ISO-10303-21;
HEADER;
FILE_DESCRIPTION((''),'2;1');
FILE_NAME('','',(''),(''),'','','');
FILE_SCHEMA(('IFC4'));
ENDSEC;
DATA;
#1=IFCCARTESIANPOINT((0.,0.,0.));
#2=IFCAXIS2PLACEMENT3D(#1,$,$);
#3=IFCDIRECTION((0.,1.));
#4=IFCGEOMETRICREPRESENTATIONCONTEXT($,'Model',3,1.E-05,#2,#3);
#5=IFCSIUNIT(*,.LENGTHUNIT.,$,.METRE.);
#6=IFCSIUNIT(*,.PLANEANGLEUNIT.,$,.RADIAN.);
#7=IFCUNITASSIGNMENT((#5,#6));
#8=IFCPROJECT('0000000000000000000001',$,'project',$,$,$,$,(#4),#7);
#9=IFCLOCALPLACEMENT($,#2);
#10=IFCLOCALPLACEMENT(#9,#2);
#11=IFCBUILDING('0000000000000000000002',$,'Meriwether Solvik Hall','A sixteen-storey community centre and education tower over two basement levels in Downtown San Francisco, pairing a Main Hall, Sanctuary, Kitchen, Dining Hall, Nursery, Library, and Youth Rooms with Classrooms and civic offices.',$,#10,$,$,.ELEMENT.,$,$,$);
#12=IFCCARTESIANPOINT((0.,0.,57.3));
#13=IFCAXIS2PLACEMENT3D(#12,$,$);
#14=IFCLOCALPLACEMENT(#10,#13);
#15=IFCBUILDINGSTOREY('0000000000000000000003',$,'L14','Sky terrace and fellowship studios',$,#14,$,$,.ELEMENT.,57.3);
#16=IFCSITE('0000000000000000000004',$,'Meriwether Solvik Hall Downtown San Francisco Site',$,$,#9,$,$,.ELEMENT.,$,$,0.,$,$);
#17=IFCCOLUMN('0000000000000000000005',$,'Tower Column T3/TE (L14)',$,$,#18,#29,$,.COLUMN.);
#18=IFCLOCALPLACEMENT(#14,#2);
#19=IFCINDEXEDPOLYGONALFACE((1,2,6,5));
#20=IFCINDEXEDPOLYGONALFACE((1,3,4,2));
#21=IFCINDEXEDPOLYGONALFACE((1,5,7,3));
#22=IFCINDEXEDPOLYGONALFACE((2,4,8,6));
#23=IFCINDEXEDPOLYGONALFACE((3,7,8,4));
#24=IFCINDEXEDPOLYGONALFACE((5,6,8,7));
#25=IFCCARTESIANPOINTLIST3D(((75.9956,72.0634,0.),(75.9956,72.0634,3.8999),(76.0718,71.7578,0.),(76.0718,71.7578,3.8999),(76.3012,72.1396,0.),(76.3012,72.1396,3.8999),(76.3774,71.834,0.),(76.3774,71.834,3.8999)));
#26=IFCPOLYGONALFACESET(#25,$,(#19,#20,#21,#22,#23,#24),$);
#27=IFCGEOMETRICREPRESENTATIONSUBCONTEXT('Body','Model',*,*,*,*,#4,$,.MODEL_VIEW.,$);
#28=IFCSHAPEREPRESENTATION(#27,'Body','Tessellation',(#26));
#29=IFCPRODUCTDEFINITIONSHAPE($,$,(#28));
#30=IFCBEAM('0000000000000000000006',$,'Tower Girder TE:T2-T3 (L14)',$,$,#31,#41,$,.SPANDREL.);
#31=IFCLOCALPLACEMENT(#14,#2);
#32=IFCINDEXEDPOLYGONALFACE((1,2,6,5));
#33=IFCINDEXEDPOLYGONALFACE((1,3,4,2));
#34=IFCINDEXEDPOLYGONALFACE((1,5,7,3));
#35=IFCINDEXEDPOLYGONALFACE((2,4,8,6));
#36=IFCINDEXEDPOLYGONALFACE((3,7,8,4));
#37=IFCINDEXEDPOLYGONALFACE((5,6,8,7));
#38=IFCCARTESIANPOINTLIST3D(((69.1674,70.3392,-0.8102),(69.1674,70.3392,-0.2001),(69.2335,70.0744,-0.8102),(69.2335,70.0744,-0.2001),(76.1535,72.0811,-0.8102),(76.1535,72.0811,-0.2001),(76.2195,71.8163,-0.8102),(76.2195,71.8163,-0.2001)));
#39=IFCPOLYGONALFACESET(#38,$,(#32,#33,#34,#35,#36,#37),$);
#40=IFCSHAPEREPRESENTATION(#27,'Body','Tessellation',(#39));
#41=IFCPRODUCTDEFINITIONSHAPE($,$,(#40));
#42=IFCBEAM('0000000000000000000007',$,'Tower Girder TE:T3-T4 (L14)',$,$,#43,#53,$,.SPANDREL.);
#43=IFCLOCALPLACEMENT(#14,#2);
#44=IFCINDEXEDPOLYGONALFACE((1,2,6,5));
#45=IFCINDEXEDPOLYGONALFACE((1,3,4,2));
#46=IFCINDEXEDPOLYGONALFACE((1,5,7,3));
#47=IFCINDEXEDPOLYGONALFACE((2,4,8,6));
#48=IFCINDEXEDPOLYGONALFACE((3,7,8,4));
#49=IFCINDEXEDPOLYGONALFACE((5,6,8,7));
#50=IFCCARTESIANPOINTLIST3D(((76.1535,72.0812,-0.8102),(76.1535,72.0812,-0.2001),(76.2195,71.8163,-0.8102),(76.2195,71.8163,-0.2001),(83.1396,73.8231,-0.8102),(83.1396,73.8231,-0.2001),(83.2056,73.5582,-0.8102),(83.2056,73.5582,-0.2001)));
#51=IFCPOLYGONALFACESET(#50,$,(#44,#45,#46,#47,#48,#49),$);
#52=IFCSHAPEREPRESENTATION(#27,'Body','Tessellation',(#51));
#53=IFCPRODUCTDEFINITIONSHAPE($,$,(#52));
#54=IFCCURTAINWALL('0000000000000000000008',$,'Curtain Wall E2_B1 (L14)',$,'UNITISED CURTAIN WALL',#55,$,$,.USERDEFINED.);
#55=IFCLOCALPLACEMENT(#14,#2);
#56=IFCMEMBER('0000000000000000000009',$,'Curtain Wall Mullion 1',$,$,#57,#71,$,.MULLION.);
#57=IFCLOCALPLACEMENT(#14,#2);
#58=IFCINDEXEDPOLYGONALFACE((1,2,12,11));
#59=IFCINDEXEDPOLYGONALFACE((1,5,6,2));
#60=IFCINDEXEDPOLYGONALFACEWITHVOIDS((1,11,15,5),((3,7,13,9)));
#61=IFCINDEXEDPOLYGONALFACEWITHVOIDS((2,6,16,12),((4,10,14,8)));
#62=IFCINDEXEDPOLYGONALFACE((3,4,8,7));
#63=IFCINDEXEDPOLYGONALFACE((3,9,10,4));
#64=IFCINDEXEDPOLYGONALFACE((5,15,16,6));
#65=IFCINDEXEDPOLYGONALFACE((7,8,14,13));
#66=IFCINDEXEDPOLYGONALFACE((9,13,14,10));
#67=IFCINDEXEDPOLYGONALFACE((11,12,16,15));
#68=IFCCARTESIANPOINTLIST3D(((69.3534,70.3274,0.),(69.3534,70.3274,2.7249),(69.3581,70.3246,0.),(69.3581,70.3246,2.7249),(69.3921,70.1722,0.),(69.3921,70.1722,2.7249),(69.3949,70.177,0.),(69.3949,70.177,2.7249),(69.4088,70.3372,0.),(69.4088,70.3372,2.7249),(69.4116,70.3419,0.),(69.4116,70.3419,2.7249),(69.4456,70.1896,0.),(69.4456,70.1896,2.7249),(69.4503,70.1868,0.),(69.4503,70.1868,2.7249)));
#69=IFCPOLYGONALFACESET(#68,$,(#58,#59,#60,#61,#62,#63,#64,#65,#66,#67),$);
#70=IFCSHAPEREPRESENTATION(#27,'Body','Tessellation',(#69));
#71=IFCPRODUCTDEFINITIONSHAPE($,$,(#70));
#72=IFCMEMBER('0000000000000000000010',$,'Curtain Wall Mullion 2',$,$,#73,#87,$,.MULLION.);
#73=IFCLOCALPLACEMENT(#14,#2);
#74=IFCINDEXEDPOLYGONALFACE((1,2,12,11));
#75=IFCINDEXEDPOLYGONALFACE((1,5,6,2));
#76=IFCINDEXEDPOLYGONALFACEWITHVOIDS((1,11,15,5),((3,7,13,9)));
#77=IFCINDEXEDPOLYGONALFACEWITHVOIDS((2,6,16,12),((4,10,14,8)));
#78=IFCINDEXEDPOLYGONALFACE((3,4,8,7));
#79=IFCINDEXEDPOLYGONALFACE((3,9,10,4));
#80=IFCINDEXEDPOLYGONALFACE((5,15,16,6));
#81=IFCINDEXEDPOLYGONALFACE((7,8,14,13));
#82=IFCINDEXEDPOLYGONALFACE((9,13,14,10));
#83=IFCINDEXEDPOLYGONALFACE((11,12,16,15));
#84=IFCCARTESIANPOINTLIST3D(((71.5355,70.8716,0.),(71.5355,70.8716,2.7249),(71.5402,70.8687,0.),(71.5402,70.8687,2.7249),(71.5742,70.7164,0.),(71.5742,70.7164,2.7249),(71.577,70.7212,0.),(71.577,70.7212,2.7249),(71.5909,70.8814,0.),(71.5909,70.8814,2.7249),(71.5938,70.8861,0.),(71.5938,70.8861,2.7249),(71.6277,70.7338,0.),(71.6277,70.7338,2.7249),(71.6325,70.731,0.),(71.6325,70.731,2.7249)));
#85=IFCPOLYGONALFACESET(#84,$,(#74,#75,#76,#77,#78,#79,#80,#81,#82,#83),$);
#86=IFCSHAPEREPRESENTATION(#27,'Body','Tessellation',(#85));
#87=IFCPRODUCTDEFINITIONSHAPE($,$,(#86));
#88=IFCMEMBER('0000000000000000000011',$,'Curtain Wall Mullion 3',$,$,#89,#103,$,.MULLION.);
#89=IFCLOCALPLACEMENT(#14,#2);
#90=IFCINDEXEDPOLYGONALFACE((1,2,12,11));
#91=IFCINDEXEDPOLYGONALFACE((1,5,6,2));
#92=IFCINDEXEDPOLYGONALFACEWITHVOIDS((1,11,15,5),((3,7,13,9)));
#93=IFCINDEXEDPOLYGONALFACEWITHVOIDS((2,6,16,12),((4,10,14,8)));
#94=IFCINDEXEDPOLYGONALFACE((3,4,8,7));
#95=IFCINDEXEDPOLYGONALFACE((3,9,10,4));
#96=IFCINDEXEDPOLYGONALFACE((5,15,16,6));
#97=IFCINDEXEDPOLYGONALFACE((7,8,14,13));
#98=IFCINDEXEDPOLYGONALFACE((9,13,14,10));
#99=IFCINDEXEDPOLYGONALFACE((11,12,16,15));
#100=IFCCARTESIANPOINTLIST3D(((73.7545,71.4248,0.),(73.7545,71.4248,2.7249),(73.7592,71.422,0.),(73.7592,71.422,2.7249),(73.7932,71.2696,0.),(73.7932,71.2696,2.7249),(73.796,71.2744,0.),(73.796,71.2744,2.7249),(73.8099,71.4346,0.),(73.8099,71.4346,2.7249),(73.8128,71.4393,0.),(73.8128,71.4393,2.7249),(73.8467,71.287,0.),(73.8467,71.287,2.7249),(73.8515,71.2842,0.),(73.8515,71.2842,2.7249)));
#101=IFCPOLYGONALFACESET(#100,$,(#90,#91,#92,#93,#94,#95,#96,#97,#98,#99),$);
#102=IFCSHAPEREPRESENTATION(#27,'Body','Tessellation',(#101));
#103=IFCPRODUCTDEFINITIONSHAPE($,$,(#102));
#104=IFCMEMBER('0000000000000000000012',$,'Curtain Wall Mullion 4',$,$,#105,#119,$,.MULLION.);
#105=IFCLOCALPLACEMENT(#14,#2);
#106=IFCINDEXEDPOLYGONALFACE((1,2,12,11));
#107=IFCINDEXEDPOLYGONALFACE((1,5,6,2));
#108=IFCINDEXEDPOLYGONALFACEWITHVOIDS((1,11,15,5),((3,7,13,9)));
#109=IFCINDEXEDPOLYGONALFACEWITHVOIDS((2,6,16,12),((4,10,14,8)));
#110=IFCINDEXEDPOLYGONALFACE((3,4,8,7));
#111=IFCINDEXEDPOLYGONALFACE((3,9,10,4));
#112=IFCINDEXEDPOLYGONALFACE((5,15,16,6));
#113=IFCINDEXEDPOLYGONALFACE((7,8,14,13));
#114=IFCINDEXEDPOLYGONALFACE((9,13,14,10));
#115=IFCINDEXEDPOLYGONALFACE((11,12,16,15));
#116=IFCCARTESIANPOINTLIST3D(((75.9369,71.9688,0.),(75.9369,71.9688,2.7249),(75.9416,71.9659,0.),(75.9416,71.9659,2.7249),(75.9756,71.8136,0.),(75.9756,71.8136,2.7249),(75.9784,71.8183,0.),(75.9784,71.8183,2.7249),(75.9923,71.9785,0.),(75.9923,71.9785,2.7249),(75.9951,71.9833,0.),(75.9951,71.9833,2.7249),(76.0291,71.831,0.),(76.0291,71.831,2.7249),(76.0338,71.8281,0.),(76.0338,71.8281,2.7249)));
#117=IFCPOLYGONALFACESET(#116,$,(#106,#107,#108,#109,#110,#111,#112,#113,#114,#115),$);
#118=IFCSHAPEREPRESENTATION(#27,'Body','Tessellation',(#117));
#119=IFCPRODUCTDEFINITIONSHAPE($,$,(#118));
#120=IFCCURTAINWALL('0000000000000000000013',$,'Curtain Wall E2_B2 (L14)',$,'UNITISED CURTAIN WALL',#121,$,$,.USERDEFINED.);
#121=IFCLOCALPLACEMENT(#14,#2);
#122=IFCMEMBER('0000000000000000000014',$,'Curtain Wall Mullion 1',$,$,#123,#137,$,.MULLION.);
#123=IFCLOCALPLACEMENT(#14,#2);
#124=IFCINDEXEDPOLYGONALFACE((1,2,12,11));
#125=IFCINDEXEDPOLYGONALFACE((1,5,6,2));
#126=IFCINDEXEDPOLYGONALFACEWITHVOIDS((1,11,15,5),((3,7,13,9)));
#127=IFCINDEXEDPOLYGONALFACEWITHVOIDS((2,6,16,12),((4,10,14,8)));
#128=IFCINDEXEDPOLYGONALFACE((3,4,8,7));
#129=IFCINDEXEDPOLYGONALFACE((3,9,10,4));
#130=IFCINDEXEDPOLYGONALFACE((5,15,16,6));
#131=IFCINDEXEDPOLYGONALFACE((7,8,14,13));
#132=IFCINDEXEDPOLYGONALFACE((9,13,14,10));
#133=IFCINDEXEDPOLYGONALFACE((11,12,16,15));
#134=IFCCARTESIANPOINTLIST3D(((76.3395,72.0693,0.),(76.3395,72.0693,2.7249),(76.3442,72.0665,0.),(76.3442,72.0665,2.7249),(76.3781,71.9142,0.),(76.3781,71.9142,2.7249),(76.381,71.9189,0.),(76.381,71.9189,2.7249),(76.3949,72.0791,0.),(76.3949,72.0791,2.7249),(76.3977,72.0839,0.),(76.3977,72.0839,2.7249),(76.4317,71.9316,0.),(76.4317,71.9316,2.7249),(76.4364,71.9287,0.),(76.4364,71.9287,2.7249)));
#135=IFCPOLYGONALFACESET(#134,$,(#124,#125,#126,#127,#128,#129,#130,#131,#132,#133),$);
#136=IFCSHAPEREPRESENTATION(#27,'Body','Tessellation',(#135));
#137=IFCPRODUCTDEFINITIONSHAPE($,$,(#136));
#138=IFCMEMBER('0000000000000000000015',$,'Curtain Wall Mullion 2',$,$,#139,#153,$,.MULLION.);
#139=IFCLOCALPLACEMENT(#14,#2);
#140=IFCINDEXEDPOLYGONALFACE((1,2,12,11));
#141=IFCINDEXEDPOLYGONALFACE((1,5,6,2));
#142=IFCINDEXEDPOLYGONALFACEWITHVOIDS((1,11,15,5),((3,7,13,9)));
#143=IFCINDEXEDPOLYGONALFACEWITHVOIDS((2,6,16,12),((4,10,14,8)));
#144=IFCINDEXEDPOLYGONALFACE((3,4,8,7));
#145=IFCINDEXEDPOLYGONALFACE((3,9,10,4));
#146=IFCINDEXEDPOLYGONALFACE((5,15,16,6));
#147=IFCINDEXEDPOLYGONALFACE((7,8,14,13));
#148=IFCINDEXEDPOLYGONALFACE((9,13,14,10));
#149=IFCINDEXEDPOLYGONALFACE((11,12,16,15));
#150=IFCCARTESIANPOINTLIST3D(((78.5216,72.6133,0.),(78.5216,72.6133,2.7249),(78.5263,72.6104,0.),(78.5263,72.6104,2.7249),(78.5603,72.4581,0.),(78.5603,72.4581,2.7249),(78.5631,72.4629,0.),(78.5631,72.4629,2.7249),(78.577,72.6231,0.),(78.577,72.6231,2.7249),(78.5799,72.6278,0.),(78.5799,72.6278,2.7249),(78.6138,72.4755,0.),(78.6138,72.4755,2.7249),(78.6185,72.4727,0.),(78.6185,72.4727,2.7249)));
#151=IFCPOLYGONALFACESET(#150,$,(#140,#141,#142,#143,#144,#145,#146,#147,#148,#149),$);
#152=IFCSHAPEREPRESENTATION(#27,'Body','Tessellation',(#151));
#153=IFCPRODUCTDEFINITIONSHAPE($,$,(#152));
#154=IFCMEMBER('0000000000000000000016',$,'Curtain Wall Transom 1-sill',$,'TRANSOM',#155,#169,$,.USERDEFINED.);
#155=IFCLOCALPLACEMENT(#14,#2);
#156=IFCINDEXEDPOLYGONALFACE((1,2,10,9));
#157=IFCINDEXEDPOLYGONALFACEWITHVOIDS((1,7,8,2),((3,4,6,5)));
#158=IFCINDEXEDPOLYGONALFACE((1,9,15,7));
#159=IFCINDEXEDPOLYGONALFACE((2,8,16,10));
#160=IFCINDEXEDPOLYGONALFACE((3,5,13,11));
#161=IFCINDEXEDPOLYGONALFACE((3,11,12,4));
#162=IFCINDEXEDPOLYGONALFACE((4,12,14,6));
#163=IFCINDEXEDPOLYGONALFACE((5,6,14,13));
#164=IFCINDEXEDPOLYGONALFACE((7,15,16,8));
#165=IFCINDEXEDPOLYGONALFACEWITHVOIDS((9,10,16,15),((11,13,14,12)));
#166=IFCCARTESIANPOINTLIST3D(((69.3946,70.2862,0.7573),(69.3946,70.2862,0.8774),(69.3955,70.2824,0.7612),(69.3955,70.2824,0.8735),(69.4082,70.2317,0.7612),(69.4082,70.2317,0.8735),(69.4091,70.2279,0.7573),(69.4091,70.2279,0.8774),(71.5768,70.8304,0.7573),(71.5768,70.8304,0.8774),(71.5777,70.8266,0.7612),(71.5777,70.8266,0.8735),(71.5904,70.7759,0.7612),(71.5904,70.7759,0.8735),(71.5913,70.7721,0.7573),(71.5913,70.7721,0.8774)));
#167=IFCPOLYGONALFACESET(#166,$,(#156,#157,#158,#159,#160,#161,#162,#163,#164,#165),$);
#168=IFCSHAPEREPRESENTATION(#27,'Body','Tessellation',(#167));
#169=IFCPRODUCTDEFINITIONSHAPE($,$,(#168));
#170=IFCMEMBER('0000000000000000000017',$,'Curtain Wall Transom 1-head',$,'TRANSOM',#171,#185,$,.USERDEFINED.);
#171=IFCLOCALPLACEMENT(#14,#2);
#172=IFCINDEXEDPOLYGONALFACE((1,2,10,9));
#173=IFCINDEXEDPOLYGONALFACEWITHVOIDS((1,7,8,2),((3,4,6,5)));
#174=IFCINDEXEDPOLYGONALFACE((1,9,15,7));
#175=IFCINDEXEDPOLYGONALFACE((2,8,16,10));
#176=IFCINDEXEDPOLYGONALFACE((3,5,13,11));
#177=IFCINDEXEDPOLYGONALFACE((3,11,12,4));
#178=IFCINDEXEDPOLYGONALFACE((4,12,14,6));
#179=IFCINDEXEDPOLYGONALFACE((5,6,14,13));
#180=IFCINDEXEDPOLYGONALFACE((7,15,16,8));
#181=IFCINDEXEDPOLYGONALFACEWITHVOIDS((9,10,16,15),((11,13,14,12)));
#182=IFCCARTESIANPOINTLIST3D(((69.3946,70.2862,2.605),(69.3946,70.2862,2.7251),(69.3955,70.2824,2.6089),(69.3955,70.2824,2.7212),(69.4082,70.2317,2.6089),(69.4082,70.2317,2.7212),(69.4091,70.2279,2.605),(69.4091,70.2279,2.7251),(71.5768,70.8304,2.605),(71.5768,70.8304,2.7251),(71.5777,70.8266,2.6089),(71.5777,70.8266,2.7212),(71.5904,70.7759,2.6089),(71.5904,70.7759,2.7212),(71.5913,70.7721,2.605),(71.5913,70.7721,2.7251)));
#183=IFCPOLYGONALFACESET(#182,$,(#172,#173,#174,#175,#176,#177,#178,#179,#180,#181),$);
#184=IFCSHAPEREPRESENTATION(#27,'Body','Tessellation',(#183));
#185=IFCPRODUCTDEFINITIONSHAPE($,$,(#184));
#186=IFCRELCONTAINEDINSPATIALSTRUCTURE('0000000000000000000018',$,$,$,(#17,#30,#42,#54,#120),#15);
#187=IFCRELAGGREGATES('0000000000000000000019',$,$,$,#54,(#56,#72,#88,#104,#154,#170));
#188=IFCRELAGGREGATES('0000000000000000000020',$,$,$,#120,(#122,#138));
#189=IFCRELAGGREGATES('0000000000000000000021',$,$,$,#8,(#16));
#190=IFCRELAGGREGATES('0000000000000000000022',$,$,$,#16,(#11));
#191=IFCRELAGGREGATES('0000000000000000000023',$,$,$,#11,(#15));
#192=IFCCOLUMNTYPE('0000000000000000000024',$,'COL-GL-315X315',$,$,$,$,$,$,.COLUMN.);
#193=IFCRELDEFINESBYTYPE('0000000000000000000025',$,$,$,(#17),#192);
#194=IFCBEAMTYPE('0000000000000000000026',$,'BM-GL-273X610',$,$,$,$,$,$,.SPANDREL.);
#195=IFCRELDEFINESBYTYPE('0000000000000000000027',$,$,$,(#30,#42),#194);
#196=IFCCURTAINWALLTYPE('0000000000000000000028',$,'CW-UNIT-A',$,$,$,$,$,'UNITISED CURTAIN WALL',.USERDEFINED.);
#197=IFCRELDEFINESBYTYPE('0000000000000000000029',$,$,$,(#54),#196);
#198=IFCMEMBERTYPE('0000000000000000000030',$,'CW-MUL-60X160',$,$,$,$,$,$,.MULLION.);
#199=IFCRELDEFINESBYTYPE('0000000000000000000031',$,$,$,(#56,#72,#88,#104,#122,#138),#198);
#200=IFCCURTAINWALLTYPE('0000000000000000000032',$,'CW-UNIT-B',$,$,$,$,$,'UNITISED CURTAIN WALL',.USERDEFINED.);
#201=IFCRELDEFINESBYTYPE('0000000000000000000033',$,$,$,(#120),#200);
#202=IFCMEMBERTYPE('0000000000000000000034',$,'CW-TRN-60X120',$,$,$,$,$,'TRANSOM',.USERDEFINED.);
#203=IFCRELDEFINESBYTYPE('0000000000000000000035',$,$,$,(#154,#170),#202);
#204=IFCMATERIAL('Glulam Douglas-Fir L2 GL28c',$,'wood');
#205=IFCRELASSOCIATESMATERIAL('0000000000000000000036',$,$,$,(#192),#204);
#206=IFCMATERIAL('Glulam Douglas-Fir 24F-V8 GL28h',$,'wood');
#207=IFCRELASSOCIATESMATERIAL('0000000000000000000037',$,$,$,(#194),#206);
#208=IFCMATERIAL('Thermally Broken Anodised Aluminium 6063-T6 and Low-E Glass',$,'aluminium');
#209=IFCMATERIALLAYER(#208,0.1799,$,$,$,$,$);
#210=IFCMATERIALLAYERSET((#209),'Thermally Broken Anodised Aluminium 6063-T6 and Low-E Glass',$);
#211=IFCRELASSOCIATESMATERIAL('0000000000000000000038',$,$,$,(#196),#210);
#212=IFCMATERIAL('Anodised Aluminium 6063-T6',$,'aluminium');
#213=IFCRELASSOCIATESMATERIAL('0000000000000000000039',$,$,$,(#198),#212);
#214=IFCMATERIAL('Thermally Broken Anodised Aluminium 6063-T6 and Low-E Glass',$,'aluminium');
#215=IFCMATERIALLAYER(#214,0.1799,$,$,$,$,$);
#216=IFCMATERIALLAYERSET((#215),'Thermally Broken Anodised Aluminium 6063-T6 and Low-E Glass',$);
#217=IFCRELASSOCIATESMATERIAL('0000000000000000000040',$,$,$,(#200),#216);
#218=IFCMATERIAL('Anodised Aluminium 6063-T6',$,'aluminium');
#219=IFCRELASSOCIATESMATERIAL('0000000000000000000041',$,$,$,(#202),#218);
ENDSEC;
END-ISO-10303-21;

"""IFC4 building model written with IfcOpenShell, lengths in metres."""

from ifc_helpers import new_model, si_unit, direction, frame, origin, origin_2d, place, context, subcontext, project, spatial, rectangle, hollow_rectangle, extrude, material, layer, layer_set, material_profile, profile_set, type_object, element, aggregate, save


model = new_model("IFC4")

# Units and contexts
model_context = context("Model", 3, precision=1e-05, world=origin(), true_north=direction((0.0, 1.0)))
body_context = subcontext(model_context, "Body", "Model", "MODEL_VIEW")
ifc_project = project(units=[si_unit("LENGTHUNIT", "METRE"), si_unit("PLANEANGLEUNIT", "RADIAN")], contexts=[model_context])

# Site, building, storey
site_placement = place(None, origin())
site = spatial("IfcSite", under=ifc_project, at=site_placement, Name="Meriwether Solvik Hall Downtown San Francisco Site", CompositionType="ELEMENT", RefElevation=0.0)
building_placement = place(site_placement, origin())
building = spatial("IfcBuilding", under=site, at=building_placement, Name="Meriwether Solvik Hall", Description="A sixteen-storey community centre and education tower over two basement levels in Downtown San Francisco, pairing a Main Hall, Sanctuary, Kitchen, Dining Hall, Nursery, Library, and Youth Rooms with Classrooms and civic offices.", CompositionType="ELEMENT")
storey_placement = place(building_placement, frame((0.0, 0.0, 57.3)))
storey = spatial("IfcBuildingStorey", under=building, at=storey_placement, Name="L14", Description="Sky terrace and fellowship studios", CompositionType="ELEMENT", Elevation=57.3)

# Column
ifc_material_1 = material(Name="Glulam Douglas-Fir L2 GL28c", Category="wood")
ifc_material_profile_1 = material_profile(ifc_material_1, rectangle(XDim=0.3149, YDim=0.3149, at=origin_2d()), Name="GLC-315X315")
ifc_profile_set_1 = profile_set([ifc_material_profile_1], Name="Glulam Douglas-Fir L2 GL28c")
column_type = type_object("IfcColumnType", Name="COL-GL-315X315", PredefinedType="COLUMN", material=ifc_profile_set_1)
column_placement = place(storey_placement, frame((76.1865, 71.9487, 0.0), z_axis=(0.0, 0.0, 1.0), x_axis=(0.970296, 0.241922, 0.0)))
element("IfcColumn", 1, at=column_placement, inside=storey, type_object=column_type, Name="Tower Column T3/TE (L14)", PredefinedType="COLUMN", context=body_context, shape_type="SweptSolid", body=[
    extrude(rectangle(XDim=0.3149, YDim=0.3149, at=origin_2d()), origin(), (0.0, 0.0, 1.0), 3.8999),
])

# Beams
ifc_material_2 = material(Name="Glulam Douglas-Fir 24F-V8 GL28h", Category="wood")
ifc_material_profile_2 = material_profile(ifc_material_2, rectangle(XDim=0.2729, YDim=0.6101, at=origin_2d()), Name="GLB-273X610")
ifc_profile_set_2 = profile_set([ifc_material_profile_2], Name="Glulam Douglas-Fir 24F-V8 GL28h")
beam_type = type_object("IfcBeamType", Name="BM-GL-273X610", PredefinedType="SPANDREL", material=ifc_profile_set_2)
for number, where, z_axis, x_axis, name in (
    (2, (69.2004, 70.2068, -0.5051), (0.970292, 0.241937, 0.0), (-0.241937, 0.970292, 0.0), "Tower Girder TE:T2-T3 (L14)"),
    (3, (76.1865, 71.9487, -0.5051), (0.970292, 0.241937, 0.0), (-0.241937, 0.970292, 0.0), "Tower Girder TE:T3-T4 (L14)"),
):
    element("IfcBeam", number, at=place(storey_placement, frame(where, z_axis=z_axis, x_axis=x_axis)), inside=storey, type_object=beam_type, Name=name, PredefinedType="SPANDREL", context=body_context, shape_type="SweptSolid", body=[
        extrude(rectangle(XDim=0.2729, YDim=0.6101, at=origin_2d()), origin(), (0.0, 0.0, 1.0), 7.2),
    ])

# Curtain walls, members
ifc_material_3 = material(Name="Thermally Broken Anodised Aluminium 6063-T6 and Low-E Glass", Category="aluminium")
ifc_layer_1 = layer(ifc_material_3, 0.1799)
ifc_layer_set_1 = layer_set([ifc_layer_1], Name="Thermally Broken Anodised Aluminium 6063-T6 and Low-E Glass")
curtain_wall_type_1 = type_object("IfcCurtainWallType", Name="CW-UNIT-A", ElementType="UNITISED CURTAIN WALL", PredefinedType="USERDEFINED", material=ifc_layer_set_1)
curtain_wall_1_placement = place(storey_placement, origin())
curtain_wall_1 = element("IfcCurtainWall", 4, at=curtain_wall_1_placement, inside=storey, type_object=curtain_wall_type_1, Name="Curtain Wall E2_B1 (L14)", ObjectType="UNITISED CURTAIN WALL", PredefinedType="USERDEFINED")
ifc_material_4 = material(Name="Anodised Aluminium 6063-T6", Category="aluminium")
ifc_material_profile_3 = material_profile(ifc_material_4, hollow_rectangle(XDim=0.0601, YDim=0.1599, WallThickness=0.0039, at=origin_2d()), Name="CWM-60X160")
ifc_profile_set_3 = profile_set([ifc_material_profile_3], Name="Anodised Aluminium 6063-T6")
member_type_1 = type_object("IfcMemberType", Name="CW-MUL-60X160", PredefinedType="MULLION", material=ifc_profile_set_3)
member_1_placement = place(storey_placement, frame((69.4019, 70.2571, 0.0), z_axis=(0.0, 0.0, 1.0), x_axis=(0.970296, 0.241922, 0.0)))
member_1 = element("IfcMember", 5, at=member_1_placement, type_object=member_type_1, Name="Curtain Wall Mullion 1", PredefinedType="MULLION", context=body_context, shape_type="SweptSolid", body=[
    extrude(hollow_rectangle(XDim=0.0601, YDim=0.1599, WallThickness=0.0039, at=origin_2d()), origin(), (0.0, 0.0, 1.0), 2.7249),
])
member_2_placement = place(storey_placement, frame((71.584, 70.8013, 0.0), z_axis=(0.0, 0.0, 1.0), x_axis=(0.970296, 0.241922, 0.0)))
member_2 = element("IfcMember", 6, at=member_2_placement, type_object=member_type_1, Name="Curtain Wall Mullion 2", PredefinedType="MULLION", context=body_context, shape_type="SweptSolid", body=[
    extrude(hollow_rectangle(XDim=0.0601, YDim=0.1599, WallThickness=0.0039, at=origin_2d()), origin(), (0.0, 0.0, 1.0), 2.7249),
])
member_3_placement = place(storey_placement, frame((73.803, 71.3545, 0.0), z_axis=(0.0, 0.0, 1.0), x_axis=(0.970296, 0.241922, 0.0)))
member_3 = element("IfcMember", 7, at=member_3_placement, type_object=member_type_1, Name="Curtain Wall Mullion 3", PredefinedType="MULLION", context=body_context, shape_type="SweptSolid", body=[
    extrude(hollow_rectangle(XDim=0.0601, YDim=0.1599, WallThickness=0.0039, at=origin_2d()), origin(), (0.0, 0.0, 1.0), 2.7249),
])
member_4_placement = place(storey_placement, frame((75.9854, 71.8984, 0.0), z_axis=(0.0, 0.0, 1.0), x_axis=(0.970296, 0.241922, 0.0)))
member_4 = element("IfcMember", 8, at=member_4_placement, type_object=member_type_1, Name="Curtain Wall Mullion 4", PredefinedType="MULLION", context=body_context, shape_type="SweptSolid", body=[
    extrude(hollow_rectangle(XDim=0.0601, YDim=0.1599, WallThickness=0.0039, at=origin_2d()), origin(), (0.0, 0.0, 1.0), 2.7249),
])
ifc_material_5 = material(Name="Thermally Broken Anodised Aluminium 6063-T6 and Low-E Glass", Category="aluminium")
ifc_layer_2 = layer(ifc_material_5, 0.1799)
ifc_layer_set_2 = layer_set([ifc_layer_2], Name="Thermally Broken Anodised Aluminium 6063-T6 and Low-E Glass")
curtain_wall_type_2 = type_object("IfcCurtainWallType", Name="CW-UNIT-B", ElementType="UNITISED CURTAIN WALL", PredefinedType="USERDEFINED", material=ifc_layer_set_2)
curtain_wall_2_placement = place(storey_placement, origin())
curtain_wall_2 = element("IfcCurtainWall", 9, at=curtain_wall_2_placement, inside=storey, type_object=curtain_wall_type_2, Name="Curtain Wall E2_B2 (L14)", ObjectType="UNITISED CURTAIN WALL", PredefinedType="USERDEFINED")
member_5_placement = place(storey_placement, frame((76.3879, 71.999, 0.0), z_axis=(0.0, 0.0, 1.0), x_axis=(0.970296, 0.241922, 0.0)))
member_5 = element("IfcMember", 10, at=member_5_placement, type_object=member_type_1, Name="Curtain Wall Mullion 1", PredefinedType="MULLION", context=body_context, shape_type="SweptSolid", body=[
    extrude(hollow_rectangle(XDim=0.0601, YDim=0.1599, WallThickness=0.0039, at=origin_2d()), origin(), (0.0, 0.0, 1.0), 2.7249),
])
member_6_placement = place(storey_placement, frame((78.5701, 72.543, 0.0), z_axis=(0.0, 0.0, 1.0), x_axis=(0.970296, 0.241922, 0.0)))
member_6 = element("IfcMember", 11, at=member_6_placement, type_object=member_type_1, Name="Curtain Wall Mullion 2", PredefinedType="MULLION", context=body_context, shape_type="SweptSolid", body=[
    extrude(hollow_rectangle(XDim=0.0601, YDim=0.1599, WallThickness=0.0039, at=origin_2d()), origin(), (0.0, 0.0, 1.0), 2.7249),
])

# Members
ifc_material_6 = material(Name="Anodised Aluminium 6063-T6", Category="aluminium")
ifc_material_profile_4 = material_profile(ifc_material_6, hollow_rectangle(XDim=0.0601, YDim=0.1201, WallThickness=0.0039, at=origin_2d()), Name="CWT-60X120")
ifc_profile_set_4 = profile_set([ifc_material_profile_4], Name="Anodised Aluminium 6063-T6")
member_type_2 = type_object("IfcMemberType", Name="CW-TRN-60X120", ElementType="TRANSOM", PredefinedType="USERDEFINED", material=ifc_profile_set_4)
member_7_placement = place(storey_placement, frame((69.4019, 70.2571, 0.8174), z_axis=(0.970283, 0.241974, 0.0), x_axis=(-0.241974, 0.970283, 0.0)))
member_7 = element("IfcMember", 12, at=member_7_placement, type_object=member_type_2, Name="Curtain Wall Transom 1-sill", ObjectType="TRANSOM", PredefinedType="USERDEFINED", context=body_context, shape_type="SweptSolid", body=[
    extrude(hollow_rectangle(XDim=0.0601, YDim=0.1201, WallThickness=0.0039, at=origin_2d()), origin(), (0.0, 0.0, 1.0), 2.249),
])
member_8_placement = place(storey_placement, frame((69.4019, 70.2571, 2.665), z_axis=(0.970283, 0.241974, 0.0), x_axis=(-0.241974, 0.970283, 0.0)))
member_8 = element("IfcMember", 13, at=member_8_placement, type_object=member_type_2, Name="Curtain Wall Transom 1-head", ObjectType="TRANSOM", PredefinedType="USERDEFINED", context=body_context, shape_type="SweptSolid", body=[
    extrude(hollow_rectangle(XDim=0.0601, YDim=0.1201, WallThickness=0.0039, at=origin_2d()), origin(), (0.0, 0.0, 1.0), 2.249),
])

aggregate(curtain_wall_1, [member_1, member_2, member_3, member_4, member_7, member_8])
aggregate(curtain_wall_2, [member_5, member_6])

save(model, "model.ifc")
